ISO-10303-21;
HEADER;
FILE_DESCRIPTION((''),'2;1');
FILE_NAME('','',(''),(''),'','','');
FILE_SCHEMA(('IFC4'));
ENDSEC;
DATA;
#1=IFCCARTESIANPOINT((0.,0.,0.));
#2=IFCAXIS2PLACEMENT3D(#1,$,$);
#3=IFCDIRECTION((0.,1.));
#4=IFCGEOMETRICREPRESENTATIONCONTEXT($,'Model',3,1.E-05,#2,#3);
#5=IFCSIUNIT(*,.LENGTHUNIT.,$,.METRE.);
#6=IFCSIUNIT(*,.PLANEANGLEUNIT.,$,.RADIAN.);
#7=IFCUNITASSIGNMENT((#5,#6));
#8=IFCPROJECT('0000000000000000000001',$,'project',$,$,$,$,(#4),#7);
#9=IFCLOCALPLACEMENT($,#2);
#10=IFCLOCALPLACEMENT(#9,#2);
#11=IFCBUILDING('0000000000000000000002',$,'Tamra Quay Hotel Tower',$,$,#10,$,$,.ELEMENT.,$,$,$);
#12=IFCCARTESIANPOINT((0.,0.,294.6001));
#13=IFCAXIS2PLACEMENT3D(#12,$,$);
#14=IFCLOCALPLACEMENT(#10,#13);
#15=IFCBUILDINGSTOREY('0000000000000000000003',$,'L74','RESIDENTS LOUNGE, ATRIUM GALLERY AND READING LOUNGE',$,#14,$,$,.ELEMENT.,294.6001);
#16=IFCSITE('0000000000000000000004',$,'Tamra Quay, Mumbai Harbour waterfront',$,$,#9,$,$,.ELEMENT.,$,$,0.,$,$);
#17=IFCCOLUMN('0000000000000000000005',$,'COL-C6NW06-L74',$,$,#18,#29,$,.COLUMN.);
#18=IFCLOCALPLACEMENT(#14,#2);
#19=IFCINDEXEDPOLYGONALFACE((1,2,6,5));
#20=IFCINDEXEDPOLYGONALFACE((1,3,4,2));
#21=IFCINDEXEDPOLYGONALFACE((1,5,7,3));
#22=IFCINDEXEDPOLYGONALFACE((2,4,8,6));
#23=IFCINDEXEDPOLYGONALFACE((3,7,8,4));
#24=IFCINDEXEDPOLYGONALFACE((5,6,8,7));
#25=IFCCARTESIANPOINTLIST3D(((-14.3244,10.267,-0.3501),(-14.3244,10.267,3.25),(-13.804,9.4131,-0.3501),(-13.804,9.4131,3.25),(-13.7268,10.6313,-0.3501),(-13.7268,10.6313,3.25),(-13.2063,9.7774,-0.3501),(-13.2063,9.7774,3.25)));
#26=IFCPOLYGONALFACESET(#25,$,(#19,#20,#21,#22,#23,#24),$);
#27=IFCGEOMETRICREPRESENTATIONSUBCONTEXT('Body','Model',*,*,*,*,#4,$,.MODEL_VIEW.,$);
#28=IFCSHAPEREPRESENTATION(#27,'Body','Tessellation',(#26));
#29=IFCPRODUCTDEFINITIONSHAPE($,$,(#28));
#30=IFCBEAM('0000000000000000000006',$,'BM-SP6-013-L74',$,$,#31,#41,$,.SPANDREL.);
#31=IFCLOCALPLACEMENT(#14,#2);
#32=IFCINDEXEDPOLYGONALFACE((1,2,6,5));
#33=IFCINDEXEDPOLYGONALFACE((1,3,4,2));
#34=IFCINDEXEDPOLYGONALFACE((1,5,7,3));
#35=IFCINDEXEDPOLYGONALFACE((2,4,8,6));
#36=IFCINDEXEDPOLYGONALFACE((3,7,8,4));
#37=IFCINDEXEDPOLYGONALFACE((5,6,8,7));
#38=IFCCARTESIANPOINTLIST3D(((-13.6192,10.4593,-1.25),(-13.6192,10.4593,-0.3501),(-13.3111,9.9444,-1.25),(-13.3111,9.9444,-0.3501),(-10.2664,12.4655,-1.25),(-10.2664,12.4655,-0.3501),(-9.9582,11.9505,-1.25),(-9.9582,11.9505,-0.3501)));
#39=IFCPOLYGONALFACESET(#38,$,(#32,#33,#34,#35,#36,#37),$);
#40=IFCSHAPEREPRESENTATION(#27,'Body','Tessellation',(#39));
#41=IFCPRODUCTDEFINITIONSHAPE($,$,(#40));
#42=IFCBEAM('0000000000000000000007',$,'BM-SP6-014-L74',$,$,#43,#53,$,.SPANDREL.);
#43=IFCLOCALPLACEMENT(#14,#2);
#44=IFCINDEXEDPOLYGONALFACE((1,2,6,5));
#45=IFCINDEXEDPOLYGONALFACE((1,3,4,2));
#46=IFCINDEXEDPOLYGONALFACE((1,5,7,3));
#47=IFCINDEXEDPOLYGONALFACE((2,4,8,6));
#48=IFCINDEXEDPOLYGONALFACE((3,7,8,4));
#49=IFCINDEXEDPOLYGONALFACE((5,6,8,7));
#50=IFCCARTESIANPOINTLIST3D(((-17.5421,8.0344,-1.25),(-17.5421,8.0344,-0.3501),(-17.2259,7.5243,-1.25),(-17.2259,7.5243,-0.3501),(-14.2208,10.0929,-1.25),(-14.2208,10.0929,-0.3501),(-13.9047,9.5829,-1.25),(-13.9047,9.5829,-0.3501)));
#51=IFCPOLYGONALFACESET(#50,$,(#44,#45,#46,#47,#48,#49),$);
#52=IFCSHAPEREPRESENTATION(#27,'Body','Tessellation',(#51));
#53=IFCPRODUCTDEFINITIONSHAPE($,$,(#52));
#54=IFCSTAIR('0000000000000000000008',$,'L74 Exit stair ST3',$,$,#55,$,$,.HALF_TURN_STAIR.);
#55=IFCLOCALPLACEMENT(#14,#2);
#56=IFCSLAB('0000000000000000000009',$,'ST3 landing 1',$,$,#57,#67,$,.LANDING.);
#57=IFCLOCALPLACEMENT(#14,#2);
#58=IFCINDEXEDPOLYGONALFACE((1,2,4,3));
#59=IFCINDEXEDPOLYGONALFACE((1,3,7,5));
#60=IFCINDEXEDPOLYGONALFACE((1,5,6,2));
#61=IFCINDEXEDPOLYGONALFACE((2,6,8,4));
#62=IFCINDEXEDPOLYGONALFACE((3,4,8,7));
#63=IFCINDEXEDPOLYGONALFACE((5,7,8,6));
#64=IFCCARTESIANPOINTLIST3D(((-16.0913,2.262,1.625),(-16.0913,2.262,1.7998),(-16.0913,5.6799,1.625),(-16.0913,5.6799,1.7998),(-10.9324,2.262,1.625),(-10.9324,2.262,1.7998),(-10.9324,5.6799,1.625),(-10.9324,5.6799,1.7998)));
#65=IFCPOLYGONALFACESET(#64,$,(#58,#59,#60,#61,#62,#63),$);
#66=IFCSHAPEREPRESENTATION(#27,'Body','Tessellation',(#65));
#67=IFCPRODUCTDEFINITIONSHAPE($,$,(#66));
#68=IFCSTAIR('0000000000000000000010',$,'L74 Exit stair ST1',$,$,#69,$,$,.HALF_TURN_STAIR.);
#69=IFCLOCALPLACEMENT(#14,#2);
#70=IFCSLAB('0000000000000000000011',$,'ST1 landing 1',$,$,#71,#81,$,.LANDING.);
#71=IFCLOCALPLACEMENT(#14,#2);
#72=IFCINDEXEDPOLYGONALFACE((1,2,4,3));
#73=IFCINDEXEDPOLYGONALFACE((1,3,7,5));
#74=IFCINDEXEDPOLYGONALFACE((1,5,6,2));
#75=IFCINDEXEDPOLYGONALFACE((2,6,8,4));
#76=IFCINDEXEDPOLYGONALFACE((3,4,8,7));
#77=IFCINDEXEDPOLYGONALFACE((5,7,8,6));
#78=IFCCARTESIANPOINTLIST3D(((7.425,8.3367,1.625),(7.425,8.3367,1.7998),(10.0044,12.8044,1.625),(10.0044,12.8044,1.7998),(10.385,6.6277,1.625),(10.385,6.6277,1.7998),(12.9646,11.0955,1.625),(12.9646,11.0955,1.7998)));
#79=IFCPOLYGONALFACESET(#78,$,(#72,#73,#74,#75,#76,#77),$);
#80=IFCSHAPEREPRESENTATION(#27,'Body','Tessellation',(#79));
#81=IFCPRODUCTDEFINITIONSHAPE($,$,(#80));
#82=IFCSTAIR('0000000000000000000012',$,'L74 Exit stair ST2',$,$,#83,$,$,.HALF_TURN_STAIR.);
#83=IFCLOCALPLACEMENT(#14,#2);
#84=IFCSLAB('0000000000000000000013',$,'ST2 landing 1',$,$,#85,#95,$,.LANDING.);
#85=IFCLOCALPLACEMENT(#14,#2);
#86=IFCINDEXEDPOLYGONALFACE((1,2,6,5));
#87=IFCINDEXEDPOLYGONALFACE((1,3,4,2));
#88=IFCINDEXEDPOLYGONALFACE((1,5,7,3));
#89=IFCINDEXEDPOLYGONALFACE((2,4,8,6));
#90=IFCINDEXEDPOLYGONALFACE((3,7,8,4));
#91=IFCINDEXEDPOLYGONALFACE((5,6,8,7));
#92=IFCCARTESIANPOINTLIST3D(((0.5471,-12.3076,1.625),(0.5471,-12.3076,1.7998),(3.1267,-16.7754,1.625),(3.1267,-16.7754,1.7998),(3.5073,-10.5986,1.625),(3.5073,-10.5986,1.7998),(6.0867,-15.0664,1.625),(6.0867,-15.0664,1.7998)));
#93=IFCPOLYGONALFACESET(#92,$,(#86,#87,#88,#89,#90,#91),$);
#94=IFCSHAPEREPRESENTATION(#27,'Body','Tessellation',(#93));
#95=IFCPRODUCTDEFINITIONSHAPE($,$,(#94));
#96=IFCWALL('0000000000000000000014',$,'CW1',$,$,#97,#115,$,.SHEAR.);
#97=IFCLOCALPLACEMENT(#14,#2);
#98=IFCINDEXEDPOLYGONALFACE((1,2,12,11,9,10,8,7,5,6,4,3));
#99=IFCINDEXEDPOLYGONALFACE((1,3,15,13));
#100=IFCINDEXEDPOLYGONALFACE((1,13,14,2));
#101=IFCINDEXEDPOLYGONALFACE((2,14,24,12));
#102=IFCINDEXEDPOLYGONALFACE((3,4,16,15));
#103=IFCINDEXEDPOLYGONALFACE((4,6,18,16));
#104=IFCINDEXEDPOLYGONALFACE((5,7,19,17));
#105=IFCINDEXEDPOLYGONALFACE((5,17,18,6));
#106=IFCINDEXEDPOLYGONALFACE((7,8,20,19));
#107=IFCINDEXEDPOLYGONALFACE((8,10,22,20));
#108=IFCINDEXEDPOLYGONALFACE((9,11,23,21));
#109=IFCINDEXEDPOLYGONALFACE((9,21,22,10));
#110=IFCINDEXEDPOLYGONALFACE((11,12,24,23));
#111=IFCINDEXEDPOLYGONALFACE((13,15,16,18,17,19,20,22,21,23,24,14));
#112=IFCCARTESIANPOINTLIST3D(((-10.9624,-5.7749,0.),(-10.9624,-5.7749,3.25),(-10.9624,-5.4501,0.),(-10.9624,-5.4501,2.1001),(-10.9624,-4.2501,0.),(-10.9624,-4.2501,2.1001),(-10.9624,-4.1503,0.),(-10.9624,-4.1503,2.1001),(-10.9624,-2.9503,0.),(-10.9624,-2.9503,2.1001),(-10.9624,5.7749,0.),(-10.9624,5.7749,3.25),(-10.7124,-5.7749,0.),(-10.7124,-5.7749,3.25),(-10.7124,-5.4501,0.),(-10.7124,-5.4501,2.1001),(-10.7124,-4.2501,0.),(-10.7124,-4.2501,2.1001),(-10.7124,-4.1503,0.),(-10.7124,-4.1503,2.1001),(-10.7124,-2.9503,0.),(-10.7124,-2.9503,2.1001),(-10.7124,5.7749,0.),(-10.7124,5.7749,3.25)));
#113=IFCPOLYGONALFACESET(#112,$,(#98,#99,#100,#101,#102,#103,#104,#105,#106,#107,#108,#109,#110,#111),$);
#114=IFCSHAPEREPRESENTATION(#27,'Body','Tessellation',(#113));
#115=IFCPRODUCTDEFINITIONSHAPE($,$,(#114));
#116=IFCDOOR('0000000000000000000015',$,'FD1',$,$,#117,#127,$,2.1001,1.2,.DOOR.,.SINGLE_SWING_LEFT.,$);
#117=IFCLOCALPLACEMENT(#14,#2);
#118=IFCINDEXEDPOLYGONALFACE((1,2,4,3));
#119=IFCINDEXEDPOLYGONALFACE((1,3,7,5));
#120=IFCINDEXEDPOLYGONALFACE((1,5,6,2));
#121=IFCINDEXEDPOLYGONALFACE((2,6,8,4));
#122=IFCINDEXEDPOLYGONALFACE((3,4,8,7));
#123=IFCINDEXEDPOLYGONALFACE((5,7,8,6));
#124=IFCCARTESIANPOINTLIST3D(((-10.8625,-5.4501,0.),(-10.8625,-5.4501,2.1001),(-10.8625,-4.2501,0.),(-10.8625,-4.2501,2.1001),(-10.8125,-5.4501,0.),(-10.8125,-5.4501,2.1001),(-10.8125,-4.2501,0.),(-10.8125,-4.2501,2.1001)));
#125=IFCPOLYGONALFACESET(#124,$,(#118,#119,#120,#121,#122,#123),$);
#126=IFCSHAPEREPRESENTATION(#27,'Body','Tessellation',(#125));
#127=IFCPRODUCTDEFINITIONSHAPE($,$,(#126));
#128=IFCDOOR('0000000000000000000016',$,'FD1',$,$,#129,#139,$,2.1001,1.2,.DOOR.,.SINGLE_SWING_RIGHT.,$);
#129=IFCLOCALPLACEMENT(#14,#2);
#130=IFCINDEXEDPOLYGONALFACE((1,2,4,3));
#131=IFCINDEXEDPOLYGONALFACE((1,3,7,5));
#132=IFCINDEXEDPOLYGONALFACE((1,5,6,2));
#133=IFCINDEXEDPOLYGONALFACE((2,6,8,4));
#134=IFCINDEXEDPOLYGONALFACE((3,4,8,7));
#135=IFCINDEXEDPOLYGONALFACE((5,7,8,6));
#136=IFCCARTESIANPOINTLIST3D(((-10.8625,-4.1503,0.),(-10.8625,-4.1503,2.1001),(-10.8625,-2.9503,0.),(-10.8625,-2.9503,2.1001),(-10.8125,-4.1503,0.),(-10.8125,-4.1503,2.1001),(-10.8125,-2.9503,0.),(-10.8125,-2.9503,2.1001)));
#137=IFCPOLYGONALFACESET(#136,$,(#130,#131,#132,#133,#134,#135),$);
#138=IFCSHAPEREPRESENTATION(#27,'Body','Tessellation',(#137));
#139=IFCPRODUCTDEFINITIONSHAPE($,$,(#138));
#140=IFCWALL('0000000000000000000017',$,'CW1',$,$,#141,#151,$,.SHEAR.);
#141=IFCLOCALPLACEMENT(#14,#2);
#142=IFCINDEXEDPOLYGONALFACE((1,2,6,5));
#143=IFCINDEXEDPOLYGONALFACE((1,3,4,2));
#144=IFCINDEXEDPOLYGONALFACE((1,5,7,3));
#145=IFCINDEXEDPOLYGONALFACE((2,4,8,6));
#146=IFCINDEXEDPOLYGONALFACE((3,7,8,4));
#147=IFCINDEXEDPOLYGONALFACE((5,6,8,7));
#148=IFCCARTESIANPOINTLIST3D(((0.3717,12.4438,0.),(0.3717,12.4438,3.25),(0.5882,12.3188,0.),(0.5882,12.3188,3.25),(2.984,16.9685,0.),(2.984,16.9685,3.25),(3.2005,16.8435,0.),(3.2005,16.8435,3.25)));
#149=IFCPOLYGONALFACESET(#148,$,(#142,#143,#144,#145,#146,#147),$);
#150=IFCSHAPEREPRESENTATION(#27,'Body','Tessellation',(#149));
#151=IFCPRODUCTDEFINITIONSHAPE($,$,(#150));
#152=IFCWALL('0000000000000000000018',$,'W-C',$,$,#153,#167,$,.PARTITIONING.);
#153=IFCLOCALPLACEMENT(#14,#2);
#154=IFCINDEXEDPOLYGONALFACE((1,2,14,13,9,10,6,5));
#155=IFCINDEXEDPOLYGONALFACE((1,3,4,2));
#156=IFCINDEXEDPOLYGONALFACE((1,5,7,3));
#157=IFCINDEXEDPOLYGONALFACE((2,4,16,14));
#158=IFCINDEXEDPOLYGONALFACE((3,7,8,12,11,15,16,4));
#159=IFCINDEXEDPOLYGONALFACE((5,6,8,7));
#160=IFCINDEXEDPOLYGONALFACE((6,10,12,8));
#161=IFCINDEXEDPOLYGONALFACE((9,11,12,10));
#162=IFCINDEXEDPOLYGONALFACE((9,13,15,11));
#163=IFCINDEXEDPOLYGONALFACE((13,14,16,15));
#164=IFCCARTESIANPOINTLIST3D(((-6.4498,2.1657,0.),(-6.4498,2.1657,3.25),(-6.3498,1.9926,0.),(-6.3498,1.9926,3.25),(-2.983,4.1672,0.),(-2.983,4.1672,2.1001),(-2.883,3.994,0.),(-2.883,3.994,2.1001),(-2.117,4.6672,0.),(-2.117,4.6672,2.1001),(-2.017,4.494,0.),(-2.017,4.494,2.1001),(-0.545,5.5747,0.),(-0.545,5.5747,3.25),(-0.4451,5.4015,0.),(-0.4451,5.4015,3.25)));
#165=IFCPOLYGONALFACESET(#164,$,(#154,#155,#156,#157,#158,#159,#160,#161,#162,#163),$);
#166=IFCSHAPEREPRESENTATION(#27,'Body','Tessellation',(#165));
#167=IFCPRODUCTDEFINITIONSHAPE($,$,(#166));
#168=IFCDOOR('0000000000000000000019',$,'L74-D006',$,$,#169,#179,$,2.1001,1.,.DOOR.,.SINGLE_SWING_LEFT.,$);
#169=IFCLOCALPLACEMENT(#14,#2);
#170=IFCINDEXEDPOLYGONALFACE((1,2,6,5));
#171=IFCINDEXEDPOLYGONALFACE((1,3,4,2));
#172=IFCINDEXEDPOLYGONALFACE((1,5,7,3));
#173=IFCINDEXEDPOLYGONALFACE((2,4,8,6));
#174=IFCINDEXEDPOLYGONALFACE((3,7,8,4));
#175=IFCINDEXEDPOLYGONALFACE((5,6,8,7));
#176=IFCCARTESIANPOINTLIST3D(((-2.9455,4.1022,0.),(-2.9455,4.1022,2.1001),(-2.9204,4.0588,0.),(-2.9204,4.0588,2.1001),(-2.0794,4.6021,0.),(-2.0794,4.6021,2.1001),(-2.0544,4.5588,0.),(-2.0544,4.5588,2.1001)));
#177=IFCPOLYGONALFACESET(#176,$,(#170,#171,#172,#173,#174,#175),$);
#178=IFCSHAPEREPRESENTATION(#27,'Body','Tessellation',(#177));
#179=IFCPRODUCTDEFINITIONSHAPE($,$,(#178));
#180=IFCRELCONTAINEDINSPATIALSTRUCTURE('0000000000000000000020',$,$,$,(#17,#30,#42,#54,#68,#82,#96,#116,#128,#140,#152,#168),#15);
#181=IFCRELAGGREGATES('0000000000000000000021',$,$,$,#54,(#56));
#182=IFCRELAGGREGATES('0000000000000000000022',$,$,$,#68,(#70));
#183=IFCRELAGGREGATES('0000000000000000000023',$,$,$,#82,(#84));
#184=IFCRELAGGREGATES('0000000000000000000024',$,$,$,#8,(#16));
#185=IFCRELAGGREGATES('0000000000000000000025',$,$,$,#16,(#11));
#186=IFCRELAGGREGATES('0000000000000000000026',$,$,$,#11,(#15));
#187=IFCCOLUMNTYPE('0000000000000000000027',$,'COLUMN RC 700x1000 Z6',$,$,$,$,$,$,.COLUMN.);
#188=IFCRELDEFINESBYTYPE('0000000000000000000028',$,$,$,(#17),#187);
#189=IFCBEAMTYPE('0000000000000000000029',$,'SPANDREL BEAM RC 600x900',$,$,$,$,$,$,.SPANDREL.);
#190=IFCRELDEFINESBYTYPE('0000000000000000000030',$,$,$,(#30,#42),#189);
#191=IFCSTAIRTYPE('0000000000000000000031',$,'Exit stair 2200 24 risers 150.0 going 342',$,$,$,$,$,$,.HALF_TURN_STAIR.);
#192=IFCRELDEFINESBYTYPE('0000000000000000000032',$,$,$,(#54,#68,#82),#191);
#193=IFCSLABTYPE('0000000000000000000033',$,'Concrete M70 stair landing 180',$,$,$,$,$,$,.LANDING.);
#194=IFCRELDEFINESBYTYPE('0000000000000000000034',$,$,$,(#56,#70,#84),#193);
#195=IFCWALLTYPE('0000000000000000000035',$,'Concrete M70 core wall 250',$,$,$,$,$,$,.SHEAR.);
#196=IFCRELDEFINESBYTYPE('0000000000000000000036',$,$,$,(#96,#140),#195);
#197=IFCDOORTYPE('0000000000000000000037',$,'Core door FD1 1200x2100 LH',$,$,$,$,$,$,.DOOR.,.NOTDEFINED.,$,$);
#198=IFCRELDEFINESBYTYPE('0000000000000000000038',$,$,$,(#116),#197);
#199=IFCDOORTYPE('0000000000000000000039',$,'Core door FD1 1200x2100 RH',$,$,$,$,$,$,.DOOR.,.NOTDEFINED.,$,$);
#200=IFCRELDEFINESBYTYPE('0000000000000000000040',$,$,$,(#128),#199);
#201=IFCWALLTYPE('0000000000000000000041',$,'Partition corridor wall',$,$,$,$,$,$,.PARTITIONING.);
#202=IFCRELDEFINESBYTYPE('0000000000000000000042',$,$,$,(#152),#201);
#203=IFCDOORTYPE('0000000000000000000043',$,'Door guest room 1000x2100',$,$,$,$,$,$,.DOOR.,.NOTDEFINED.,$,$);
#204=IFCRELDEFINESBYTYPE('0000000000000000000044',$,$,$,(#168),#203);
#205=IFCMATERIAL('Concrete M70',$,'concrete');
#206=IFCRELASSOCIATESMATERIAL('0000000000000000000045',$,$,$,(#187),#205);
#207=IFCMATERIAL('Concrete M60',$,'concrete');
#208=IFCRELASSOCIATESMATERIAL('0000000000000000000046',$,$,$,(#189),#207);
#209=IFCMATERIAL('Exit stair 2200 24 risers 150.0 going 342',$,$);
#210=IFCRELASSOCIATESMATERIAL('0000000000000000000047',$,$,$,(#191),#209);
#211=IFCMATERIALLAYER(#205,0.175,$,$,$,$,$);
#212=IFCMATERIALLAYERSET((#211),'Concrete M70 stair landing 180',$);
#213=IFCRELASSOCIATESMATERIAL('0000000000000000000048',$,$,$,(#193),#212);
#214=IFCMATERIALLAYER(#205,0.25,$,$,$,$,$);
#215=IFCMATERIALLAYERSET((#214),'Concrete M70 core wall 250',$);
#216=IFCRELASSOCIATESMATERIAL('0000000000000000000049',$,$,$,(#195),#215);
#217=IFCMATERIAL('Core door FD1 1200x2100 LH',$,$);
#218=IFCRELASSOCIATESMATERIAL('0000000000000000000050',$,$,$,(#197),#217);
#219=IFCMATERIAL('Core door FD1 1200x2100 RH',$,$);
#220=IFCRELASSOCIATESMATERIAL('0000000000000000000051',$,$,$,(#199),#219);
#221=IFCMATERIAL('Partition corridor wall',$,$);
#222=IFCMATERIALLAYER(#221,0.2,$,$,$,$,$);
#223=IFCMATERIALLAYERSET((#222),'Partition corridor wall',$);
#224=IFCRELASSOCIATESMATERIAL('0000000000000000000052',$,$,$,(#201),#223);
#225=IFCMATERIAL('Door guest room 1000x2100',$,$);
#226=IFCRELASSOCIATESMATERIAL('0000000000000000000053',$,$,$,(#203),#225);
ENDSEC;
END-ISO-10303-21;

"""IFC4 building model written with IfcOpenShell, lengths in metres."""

from ifc_helpers import new_model, si_unit, direction, frame, frame_2d, origin, origin_2d, place, context, subcontext, project, spatial, polyline, rectangle, outline, extrude, material, layer, layer_set, material_profile, profile_set, type_object, element, fill, aggregate, save


model = new_model("IFC4")

# Units and contexts
model_context = context("Model", 3, precision=1e-05, world=origin(), true_north=direction((0.0, 1.0)))
body_context = subcontext(model_context, "Body", "Model", "MODEL_VIEW")
ifc_project = project(units=[si_unit("LENGTHUNIT", "METRE"), si_unit("PLANEANGLEUNIT", "RADIAN")], contexts=[model_context])

# Site, building, storey
site_placement = place(None, origin())
site = spatial("IfcSite", under=ifc_project, at=site_placement, Name="Tamra Quay, Mumbai Harbour waterfront", CompositionType="ELEMENT", RefElevation=0.0)
building_placement = place(site_placement, origin())
building = spatial("IfcBuilding", under=site, at=building_placement, Name="Tamra Quay Hotel Tower", CompositionType="ELEMENT")
storey_placement = place(building_placement, frame((0.0, 0.0, 294.6001)))
storey = spatial("IfcBuildingStorey", under=building, at=storey_placement, Name="L74", Description="RESIDENTS LOUNGE, ATRIUM GALLERY AND READING LOUNGE", CompositionType="ELEMENT", Elevation=294.6001)

# Column
ifc_material_1 = material(Name="Concrete M70", Category="concrete")
ifc_material_profile_1 = material_profile(ifc_material_1, rectangle(XDim=1.0, YDim=0.7, at=origin_2d()), Name="COLUMN RC 700x1000 Z6")
ifc_profile_set_1 = profile_set([ifc_material_profile_1], Name="Concrete M70")
column_type = type_object("IfcColumnType", Name="COLUMN RC 700x1000 Z6", PredefinedType="COLUMN", material=ifc_profile_set_1)
column_placement = place(storey_placement, frame((-13.7654, 10.0222, -0.3501), z_axis=(0.0, 0.0, 1.0), x_axis=(-0.52043, 0.853904, 0.0)))
element("IfcColumn", 1, at=column_placement, inside=storey, type_object=column_type, Name="COL-C6NW06-L74", PredefinedType="COLUMN", context=body_context, shape_type="SweptSolid", body=[
    extrude(rectangle(XDim=1.0, YDim=0.7, at=origin_2d()), origin(), (0.0, 0.0, 1.0), 3.6001),
])

# Beams
ifc_material_2 = material(Name="Concrete M60", Category="concrete")
ifc_material_profile_2 = material_profile(ifc_material_2, rectangle(XDim=0.6001, YDim=0.8999, at=origin_2d()), Name="SPANDREL BEAM RC 600x900")
ifc_profile_set_2 = profile_set([ifc_material_profile_2], Name="Concrete M60")
beam_type = type_object("IfcBeamType", Name="SPANDREL BEAM RC 600x900", PredefinedType="SPANDREL", material=ifc_profile_set_2)
beam_1_placement = place(storey_placement, frame((-10.1123, 12.208, -0.8), z_axis=(-0.858121, -0.513448, 0.0), x_axis=(0.513448, -0.858121, 0.0)))
element("IfcBeam", 2, at=beam_1_placement, inside=storey, type_object=beam_type, Name="BM-SP6-013-L74", PredefinedType="SPANDREL", context=body_context, shape_type="SweptSolid", body=[
    extrude(rectangle(XDim=0.6001, YDim=0.8999, at=origin_2d()), origin(), (0.0, 0.0, 1.0), 3.9072),
])
beam_2_placement = place(storey_placement, frame((-14.0627, 9.8379, -0.8), z_axis=(-0.849972, -0.526828, 0.0), x_axis=(0.526828, -0.849972, 0.0)))
element("IfcBeam", 3, at=beam_2_placement, inside=storey, type_object=beam_type, Name="BM-SP6-014-L74", PredefinedType="SPANDREL", context=body_context, shape_type="SweptSolid", body=[
    extrude(rectangle(XDim=0.6001, YDim=0.8999, at=origin_2d()), origin(), (0.0, 0.0, 1.0), 3.9075),
])

# Stairs, slabs
ifc_material_3 = material(Name="Exit stair 2200 24 risers 150.0 going 342")
stair_type = type_object("IfcStairType", Name="Exit stair 2200 24 risers 150.0 going 342", PredefinedType="HALF_TURN_STAIR", material=ifc_material_3)
stair_1_placement = place(storey_placement, origin())
stair_1 = element("IfcStair", 4, at=stair_1_placement, inside=storey, type_object=stair_type, Name="L74 Exit stair ST3", PredefinedType="HALF_TURN_STAIR")
ifc_layer_1 = layer(ifc_material_1, 0.175)
ifc_layer_set_1 = layer_set([ifc_layer_1], Name="Concrete M70 stair landing 180")
slab_type_1 = type_object("IfcSlabType", Name="Concrete M70 stair landing 180", PredefinedType="LANDING", material=ifc_layer_set_1)
slab_1_placement = place(storey_placement, frame((0.0, 0.0, 1.625)))
slab_1 = element("IfcSlab", 5, at=slab_1_placement, type_object=slab_type_1, Name="ST3 landing 1", PredefinedType="LANDING", context=body_context, shape_type="SweptSolid", body=[
    extrude(outline(polyline([(-10.9324, 2.262), (-10.9324, 5.6799), (-16.0913, 5.6799), (-16.0913, 2.262), (-10.9324, 2.262)])), origin(), (0.0, 0.0, 1.0), 0.1748),
])
aggregate(stair_1, [slab_1])
stair_2_placement = place(storey_placement, origin())
stair_2 = element("IfcStair", 6, at=stair_2_placement, inside=storey, type_object=stair_type, Name="L74 Exit stair ST1", PredefinedType="HALF_TURN_STAIR")
slab_2_placement = place(storey_placement, frame((0.0, 0.0, 1.625)))
slab_2 = element("IfcSlab", 7, at=slab_2_placement, type_object=slab_type_1, Name="ST1 landing 1", PredefinedType="LANDING", context=body_context, shape_type="SweptSolid", body=[
    extrude(outline(polyline([(7.425, 8.3367), (10.385, 6.6277), (12.9646, 11.0955), (10.0044, 12.8044), (7.425, 8.3367)])), origin(), (0.0, 0.0, 1.0), 0.1748),
])
aggregate(stair_2, [slab_2])
stair_3_placement = place(storey_placement, origin())
stair_3 = element("IfcStair", 8, at=stair_3_placement, inside=storey, type_object=stair_type, Name="L74 Exit stair ST2", PredefinedType="HALF_TURN_STAIR")
slab_3_placement = place(storey_placement, frame((0.0, 0.0, 1.625)))
slab_3 = element("IfcSlab", 9, at=slab_3_placement, type_object=slab_type_1, Name="ST2 landing 1", PredefinedType="LANDING", context=body_context, shape_type="SweptSolid", body=[
    extrude(outline(polyline([(3.5073, -10.5986), (0.5471, -12.3076), (3.1267, -16.7754), (6.0867, -15.0664), (3.5073, -10.5986)])), origin(), (0.0, 0.0, 1.0), 0.1748),
])
aggregate(stair_3, [slab_3])

# Wall, openings, doors
ifc_layer_2 = layer(ifc_material_1, 0.25)
ifc_layer_set_2 = layer_set([ifc_layer_2], Name="Concrete M70 core wall 250")
wall_type_1 = type_object("IfcWallType", Name="Concrete M70 core wall 250", PredefinedType="SHEAR", material=ifc_layer_set_2)
wall_1_placement = place(storey_placement, frame((-10.8374, 5.7749, 0.0), z_axis=(0.0, 0.0, 1.0), x_axis=(0.0, -1.0, 0.0)))
wall_1 = element("IfcWall", 10, at=wall_1_placement, inside=storey, type_object=wall_type_1, Name="CW1", PredefinedType="SHEAR", context=body_context, shape_type="SweptSolid", body=[
    extrude(rectangle(XDim=11.5498, YDim=0.25, at=frame_2d((5.7749, 0.0))), origin(), (0.0, 0.0, 1.0), 3.25),
])
opening_1_placement = place(wall_1_placement, frame((10.0249, 0.0, 0.0)))
opening_1 = element("IfcOpeningElement", 11, at=opening_1_placement, cuts=wall_1, PredefinedType="OPENING", context=body_context, shape_type="SweptSolid", body=[
    extrude(rectangle(XDim=1.2, YDim=2.1001, at=frame_2d((0.6001, 1.05))), frame((0.0, 0.135, 0.0), z_axis=(0.0, -1.0, 0.0), x_axis=(1.0, 0.0, 0.0)), (0.0, 0.0, 1.0), 0.27),
])
opening_2_placement = place(wall_1_placement, frame((8.7251, 0.0, 0.0)))
opening_2 = element("IfcOpeningElement", 12, at=opening_2_placement, cuts=wall_1, PredefinedType="OPENING", context=body_context, shape_type="SweptSolid", body=[
    extrude(rectangle(XDim=1.2, YDim=2.1001, at=frame_2d((0.6001, 1.05))), frame((0.0, 0.135, 0.0), z_axis=(0.0, -1.0, 0.0), x_axis=(1.0, 0.0, 0.0)), (0.0, 0.0, 1.0), 0.27),
])
ifc_material_4 = material(Name="Core door FD1 1200x2100 LH")
door_type_1 = type_object("IfcDoorType", Name="Core door FD1 1200x2100 LH", OperationType="NOTDEFINED", PredefinedType="DOOR", material=ifc_material_4)
door_1_placement = place(opening_1_placement, origin())
door_1 = element("IfcDoor", 13, at=door_1_placement, inside=storey, type_object=door_type_1, Name="FD1", OperationType="SINGLE_SWING_LEFT", OverallHeight=2.1001, OverallWidth=1.2, PredefinedType="DOOR", context=body_context, shape_type="SweptSolid", body=[
    extrude(rectangle(XDim=1.2, YDim=2.1001, at=frame_2d((0.6001, 1.05))), frame((0.0, 0.0249, 0.0), z_axis=(0.0, -1.0, 0.0), x_axis=(1.0, 0.0, 0.0)), (0.0, 0.0, 1.0), 0.05),
])
fill(opening_1, door_1)
ifc_material_5 = material(Name="Core door FD1 1200x2100 RH")
door_type_2 = type_object("IfcDoorType", Name="Core door FD1 1200x2100 RH", OperationType="NOTDEFINED", PredefinedType="DOOR", material=ifc_material_5)
door_2_placement = place(opening_2_placement, origin())
door_2 = element("IfcDoor", 14, at=door_2_placement, inside=storey, type_object=door_type_2, Name="FD1", OperationType="SINGLE_SWING_RIGHT", OverallHeight=2.1001, OverallWidth=1.2, PredefinedType="DOOR", context=body_context, shape_type="SweptSolid", body=[
    extrude(rectangle(XDim=1.2, YDim=2.1001, at=frame_2d((0.6001, 1.05))), frame((0.0, 0.0249, 0.0), z_axis=(0.0, -1.0, 0.0), x_axis=(1.0, 0.0, 0.0)), (0.0, 0.0, 1.0), 0.05),
])
fill(opening_2, door_2)

# Wall
wall_2_placement = place(storey_placement, frame((0.48, 12.3813, 0.0), z_axis=(0.0, 0.0, 1.0), x_axis=(0.499999, 0.866026, 0.0)))
element("IfcWall", 15, at=wall_2_placement, inside=storey, type_object=wall_type_1, Name="CW1", PredefinedType="SHEAR", context=body_context, shape_type="SweptSolid", body=[
    extrude(rectangle(XDim=5.2246, YDim=0.25, at=frame_2d((2.6123, 0.0))), origin(), (0.0, 0.0, 1.0), 3.25),
])

# Wall, opening, door
ifc_material_6 = material(Name="Partition corridor wall")
ifc_layer_3 = layer(ifc_material_6, 0.2)
ifc_layer_set_3 = layer_set([ifc_layer_3], Name="Partition corridor wall")
wall_type_2 = type_object("IfcWallType", Name="Partition corridor wall", PredefinedType="PARTITIONING", material=ifc_layer_set_3)
wall_3_placement = place(storey_placement, frame((-6.3999, 2.0791, 0.0), z_axis=(0.0, 0.0, 1.0), x_axis=(0.866038, 0.499979, 0.0)))
wall_3 = element("IfcWall", 16, at=wall_3_placement, inside=storey, type_object=wall_type_2, Name="W-C", PredefinedType="PARTITIONING", context=body_context, shape_type="SweptSolid", body=[
    extrude(rectangle(XDim=6.8181, YDim=0.2, at=frame_2d((3.4092, 0.0))), origin(), (0.0, 0.0, 1.0), 3.25),
])
opening_3_placement = place(wall_3_placement, frame((4.0032, 0.0, 0.0)))
opening_3 = element("IfcOpeningElement", 17, at=opening_3_placement, cuts=wall_3, PredefinedType="OPENING", context=body_context, shape_type="SweptSolid", body=[
    extrude(rectangle(XDim=1.0, YDim=2.1001, at=frame_2d((0.5, 1.05))), frame((0.0, 0.1099, 0.0), z_axis=(0.0, -1.0, 0.0), x_axis=(1.0, 0.0, 0.0)), (0.0, 0.0, 1.0), 0.22),
])
ifc_material_7 = material(Name="Door guest room 1000x2100")
door_type_3 = type_object("IfcDoorType", Name="Door guest room 1000x2100", OperationType="NOTDEFINED", PredefinedType="DOOR", material=ifc_material_7)
door_3_placement = place(opening_3_placement, origin())
door_3 = element("IfcDoor", 18, at=door_3_placement, inside=storey, type_object=door_type_3, Name="L74-D006", OperationType="SINGLE_SWING_LEFT", OverallHeight=2.1001, OverallWidth=1.0, PredefinedType="DOOR", context=body_context, shape_type="SweptSolid", body=[
    extrude(rectangle(XDim=1.0, YDim=2.1001, at=frame_2d((0.5, 1.05))), frame((0.0, 0.0249, 0.0), z_axis=(0.0, -1.0, 0.0), x_axis=(1.0, 0.0, 0.0)), (0.0, 0.0, 1.0), 0.05),
])
fill(opening_3, door_3)

save(model, "model.ifc")
